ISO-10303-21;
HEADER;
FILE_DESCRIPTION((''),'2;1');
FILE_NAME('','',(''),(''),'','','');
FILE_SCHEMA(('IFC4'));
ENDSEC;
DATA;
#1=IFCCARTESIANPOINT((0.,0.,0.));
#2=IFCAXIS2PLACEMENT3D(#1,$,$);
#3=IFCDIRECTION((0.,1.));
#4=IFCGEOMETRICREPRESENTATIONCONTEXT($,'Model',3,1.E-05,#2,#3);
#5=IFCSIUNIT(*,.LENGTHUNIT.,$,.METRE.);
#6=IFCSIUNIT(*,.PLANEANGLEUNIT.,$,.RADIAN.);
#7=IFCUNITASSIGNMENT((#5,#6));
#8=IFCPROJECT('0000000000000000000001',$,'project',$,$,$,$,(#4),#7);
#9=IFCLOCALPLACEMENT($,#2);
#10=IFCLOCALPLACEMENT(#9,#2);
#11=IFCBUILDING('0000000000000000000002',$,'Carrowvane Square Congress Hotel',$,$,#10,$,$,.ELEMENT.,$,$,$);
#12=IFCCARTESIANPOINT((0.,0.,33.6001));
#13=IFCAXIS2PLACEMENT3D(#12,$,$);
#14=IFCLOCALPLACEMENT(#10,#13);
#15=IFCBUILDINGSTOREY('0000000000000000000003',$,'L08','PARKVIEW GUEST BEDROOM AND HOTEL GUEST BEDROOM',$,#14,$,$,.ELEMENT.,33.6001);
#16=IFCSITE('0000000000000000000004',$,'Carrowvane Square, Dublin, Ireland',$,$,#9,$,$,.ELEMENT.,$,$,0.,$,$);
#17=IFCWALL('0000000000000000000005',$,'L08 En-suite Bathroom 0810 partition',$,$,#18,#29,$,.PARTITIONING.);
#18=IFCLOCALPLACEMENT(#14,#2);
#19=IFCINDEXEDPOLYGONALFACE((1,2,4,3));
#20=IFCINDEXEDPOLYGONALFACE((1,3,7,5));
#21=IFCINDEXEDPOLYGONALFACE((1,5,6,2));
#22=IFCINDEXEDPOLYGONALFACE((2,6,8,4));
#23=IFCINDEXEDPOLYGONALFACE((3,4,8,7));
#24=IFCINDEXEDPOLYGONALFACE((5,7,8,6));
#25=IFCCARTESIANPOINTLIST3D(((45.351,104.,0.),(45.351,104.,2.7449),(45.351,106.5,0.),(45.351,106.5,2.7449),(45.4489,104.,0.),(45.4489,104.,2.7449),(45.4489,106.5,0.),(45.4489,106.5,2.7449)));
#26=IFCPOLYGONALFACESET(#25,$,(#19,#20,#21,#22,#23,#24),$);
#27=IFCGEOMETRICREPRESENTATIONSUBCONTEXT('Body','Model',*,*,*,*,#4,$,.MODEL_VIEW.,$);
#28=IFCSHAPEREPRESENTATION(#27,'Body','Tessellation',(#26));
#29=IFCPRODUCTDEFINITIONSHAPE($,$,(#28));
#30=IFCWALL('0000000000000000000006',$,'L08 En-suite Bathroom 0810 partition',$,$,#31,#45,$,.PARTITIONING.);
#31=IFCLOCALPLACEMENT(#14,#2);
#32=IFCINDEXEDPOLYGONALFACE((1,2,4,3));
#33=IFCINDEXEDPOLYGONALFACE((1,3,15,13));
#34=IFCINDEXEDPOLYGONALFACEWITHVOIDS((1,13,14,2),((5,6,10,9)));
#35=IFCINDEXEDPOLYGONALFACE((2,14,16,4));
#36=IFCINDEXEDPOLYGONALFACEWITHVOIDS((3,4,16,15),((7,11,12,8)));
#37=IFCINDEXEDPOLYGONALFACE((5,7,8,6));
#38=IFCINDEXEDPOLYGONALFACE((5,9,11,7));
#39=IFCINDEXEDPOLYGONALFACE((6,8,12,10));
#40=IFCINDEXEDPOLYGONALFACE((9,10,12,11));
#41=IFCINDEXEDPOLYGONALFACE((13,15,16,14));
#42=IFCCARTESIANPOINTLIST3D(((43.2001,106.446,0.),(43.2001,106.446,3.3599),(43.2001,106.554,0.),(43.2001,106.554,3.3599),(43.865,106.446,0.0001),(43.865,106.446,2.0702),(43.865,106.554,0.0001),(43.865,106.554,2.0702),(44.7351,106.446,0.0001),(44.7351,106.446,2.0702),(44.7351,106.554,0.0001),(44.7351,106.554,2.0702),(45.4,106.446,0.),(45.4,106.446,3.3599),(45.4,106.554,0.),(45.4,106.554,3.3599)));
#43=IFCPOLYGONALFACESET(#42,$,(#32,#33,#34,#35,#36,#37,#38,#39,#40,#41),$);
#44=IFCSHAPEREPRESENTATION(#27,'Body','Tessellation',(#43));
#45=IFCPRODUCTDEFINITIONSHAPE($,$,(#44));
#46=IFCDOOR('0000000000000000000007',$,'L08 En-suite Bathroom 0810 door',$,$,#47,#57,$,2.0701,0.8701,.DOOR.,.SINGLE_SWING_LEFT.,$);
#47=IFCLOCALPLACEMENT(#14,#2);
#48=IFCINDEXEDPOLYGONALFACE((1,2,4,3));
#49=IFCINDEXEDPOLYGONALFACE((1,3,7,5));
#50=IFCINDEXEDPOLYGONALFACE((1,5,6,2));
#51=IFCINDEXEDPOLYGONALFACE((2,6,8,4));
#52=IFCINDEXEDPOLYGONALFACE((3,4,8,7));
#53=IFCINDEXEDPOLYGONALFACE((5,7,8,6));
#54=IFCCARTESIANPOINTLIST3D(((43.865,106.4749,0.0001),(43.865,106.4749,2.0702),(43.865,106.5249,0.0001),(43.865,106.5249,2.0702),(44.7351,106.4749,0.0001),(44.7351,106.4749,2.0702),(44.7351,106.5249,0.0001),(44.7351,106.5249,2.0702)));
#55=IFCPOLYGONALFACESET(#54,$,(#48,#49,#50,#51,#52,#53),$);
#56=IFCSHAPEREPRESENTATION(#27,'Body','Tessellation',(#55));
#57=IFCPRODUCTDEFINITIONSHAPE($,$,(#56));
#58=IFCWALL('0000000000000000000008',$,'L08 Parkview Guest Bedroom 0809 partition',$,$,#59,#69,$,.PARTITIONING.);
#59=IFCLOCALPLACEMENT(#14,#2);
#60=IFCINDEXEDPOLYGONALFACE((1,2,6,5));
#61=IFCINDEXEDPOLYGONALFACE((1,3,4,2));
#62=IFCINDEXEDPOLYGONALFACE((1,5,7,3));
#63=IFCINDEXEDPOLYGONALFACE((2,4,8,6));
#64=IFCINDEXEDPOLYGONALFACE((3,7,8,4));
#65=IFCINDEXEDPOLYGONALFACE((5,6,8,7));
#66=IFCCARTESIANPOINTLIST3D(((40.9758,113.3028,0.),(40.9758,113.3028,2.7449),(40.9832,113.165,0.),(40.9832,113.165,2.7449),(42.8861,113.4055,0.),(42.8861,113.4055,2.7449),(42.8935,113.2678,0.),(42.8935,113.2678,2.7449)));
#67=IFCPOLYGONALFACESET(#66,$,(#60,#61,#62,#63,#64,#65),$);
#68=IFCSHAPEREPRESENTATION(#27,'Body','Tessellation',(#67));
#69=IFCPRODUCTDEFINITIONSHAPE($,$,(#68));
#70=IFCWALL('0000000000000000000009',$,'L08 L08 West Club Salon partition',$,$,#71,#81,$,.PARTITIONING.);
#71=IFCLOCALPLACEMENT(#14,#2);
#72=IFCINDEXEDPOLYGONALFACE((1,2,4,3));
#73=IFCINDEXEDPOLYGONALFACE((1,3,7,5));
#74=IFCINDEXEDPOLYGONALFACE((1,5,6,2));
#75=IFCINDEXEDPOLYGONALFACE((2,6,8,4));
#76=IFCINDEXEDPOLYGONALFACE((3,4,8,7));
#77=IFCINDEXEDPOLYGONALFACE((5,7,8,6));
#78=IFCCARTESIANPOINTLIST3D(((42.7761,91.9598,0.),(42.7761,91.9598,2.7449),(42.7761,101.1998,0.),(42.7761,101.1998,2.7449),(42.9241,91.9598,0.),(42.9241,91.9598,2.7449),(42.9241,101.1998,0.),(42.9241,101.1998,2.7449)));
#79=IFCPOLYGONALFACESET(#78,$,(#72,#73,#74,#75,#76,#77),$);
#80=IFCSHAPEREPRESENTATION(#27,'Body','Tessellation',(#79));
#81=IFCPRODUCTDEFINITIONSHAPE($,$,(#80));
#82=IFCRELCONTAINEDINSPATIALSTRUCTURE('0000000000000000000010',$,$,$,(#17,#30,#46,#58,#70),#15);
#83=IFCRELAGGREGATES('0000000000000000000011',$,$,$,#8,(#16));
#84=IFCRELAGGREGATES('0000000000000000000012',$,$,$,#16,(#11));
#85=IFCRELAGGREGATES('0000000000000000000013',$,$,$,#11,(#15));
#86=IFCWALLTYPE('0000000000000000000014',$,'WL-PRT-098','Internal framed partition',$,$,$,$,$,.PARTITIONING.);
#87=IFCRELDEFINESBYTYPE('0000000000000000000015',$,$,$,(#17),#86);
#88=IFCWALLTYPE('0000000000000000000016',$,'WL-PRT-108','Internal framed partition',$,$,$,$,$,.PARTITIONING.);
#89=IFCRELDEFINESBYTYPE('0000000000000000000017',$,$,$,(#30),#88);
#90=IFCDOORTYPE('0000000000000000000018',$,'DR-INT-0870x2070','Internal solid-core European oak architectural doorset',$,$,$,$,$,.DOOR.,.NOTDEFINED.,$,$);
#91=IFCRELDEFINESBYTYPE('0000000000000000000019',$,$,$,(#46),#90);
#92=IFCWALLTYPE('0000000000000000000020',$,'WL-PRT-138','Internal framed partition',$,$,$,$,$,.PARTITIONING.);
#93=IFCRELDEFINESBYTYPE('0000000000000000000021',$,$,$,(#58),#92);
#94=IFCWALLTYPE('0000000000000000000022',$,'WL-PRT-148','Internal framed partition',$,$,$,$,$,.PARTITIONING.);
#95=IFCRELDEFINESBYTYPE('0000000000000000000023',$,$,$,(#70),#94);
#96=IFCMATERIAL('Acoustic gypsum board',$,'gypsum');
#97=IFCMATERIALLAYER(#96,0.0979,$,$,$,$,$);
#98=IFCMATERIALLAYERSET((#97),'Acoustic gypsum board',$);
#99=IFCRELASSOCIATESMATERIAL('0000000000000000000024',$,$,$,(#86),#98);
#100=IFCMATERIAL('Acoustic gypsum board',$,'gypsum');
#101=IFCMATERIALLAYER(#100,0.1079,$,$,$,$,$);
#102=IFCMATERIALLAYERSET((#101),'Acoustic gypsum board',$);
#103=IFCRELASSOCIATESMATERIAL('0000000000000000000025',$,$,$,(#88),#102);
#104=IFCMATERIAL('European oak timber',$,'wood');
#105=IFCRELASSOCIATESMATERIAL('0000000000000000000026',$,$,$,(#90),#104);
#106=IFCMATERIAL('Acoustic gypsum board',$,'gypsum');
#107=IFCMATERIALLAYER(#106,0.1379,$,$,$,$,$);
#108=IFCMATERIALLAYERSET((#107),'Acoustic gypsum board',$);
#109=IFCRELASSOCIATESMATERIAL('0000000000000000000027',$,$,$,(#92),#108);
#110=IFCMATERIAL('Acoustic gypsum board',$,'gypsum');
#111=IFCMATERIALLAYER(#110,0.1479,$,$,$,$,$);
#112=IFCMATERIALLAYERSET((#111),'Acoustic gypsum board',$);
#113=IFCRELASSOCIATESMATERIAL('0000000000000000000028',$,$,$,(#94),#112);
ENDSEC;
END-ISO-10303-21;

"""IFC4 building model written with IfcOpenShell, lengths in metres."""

from ifc_helpers import new_model, si_unit, direction, frame, frame_2d, origin, place, context, subcontext, project, spatial, rectangle, extrude, material, layer, layer_set, type_object, element, fill, save


model = new_model("IFC4")

# Units and contexts
model_context = context("Model", 3, precision=1e-05, world=origin(), true_north=direction((0.0, 1.0)))
body_context = subcontext(model_context, "Body", "Model", "MODEL_VIEW")
ifc_project = project(units=[si_unit("LENGTHUNIT", "METRE"), si_unit("PLANEANGLEUNIT", "RADIAN")], contexts=[model_context])

# Site, building, storey
site_placement = place(None, origin())
site = spatial("IfcSite", under=ifc_project, at=site_placement, Name="Carrowvane Square, Dublin, Ireland", CompositionType="ELEMENT", RefElevation=0.0)
building_placement = place(site_placement, origin())
building = spatial("IfcBuilding", under=site, at=building_placement, Name="Carrowvane Square Congress Hotel", CompositionType="ELEMENT")
storey_placement = place(building_placement, frame((0.0, 0.0, 33.6001)))
storey = spatial("IfcBuildingStorey", under=building, at=storey_placement, Name="L08", Description="PARKVIEW GUEST BEDROOM AND HOTEL GUEST BEDROOM", CompositionType="ELEMENT", Elevation=33.6001)

# Wall
ifc_material_1 = material(Name="Acoustic gypsum board", Category="gypsum")
ifc_layer_1 = layer(ifc_material_1, 0.0979)
ifc_layer_set_1 = layer_set([ifc_layer_1], Name="Acoustic gypsum board")
wall_type_1 = type_object("IfcWallType", Name="WL-PRT-098", Description="Internal framed partition", PredefinedType="PARTITIONING", material=ifc_layer_set_1)
wall_1_placement = place(storey_placement, frame((45.3999, 106.5, 0.0), z_axis=(0.0, 0.0, 1.0), x_axis=(0.0, -1.0, 0.0)))
element("IfcWall", 1, at=wall_1_placement, inside=storey, type_object=wall_type_1, Name="L08 En-suite Bathroom 0810 partition", PredefinedType="PARTITIONING", context=body_context, shape_type="SweptSolid", body=[
    extrude(rectangle(XDim=2.5, YDim=0.0979, at=frame_2d((1.25, 0.0))), origin(), (0.0, 0.0, 1.0), 2.7449),
])

# Wall, opening, door
ifc_material_2 = material(Name="Acoustic gypsum board", Category="gypsum")
ifc_layer_2 = layer(ifc_material_2, 0.1079)
ifc_layer_set_2 = layer_set([ifc_layer_2], Name="Acoustic gypsum board")
wall_type_2 = type_object("IfcWallType", Name="WL-PRT-108", Description="Internal framed partition", PredefinedType="PARTITIONING", material=ifc_layer_set_2)
wall_2_placement = place(storey_placement, frame((43.2, 106.5, 0.0), z_axis=(0.0, 0.0, 1.0), x_axis=(1.0, 0.0, 0.0)))
wall_2 = element("IfcWall", 2, at=wall_2_placement, inside=storey, type_object=wall_type_2, Name="L08 En-suite Bathroom 0810 partition", PredefinedType="PARTITIONING", context=body_context, shape_type="SweptSolid", body=[
    extrude(rectangle(XDim=2.2, YDim=0.1079, at=frame_2d((1.1001, 0.0))), origin(), (0.0, 0.0, 1.0), 3.3599),
])
opening_1_placement = place(wall_2_placement, frame((0.665, 0.0, 0.0)))
opening_1 = element("IfcOpeningElement", 3, at=opening_1_placement, cuts=wall_2, PredefinedType="OPENING", context=body_context, shape_type="SweptSolid", body=[
    extrude(rectangle(XDim=0.8701, YDim=2.0701, at=frame_2d((0.4351, 1.0352))), frame((0.0, 0.064, 0.0), z_axis=(0.0, -1.0, 0.0), x_axis=(1.0, 0.0, 0.0)), (0.0, 0.0, 1.0), 0.1279),
])
ifc_material_3 = material(Name="European oak timber", Category="wood")
door_type_1 = type_object("IfcDoorType", Name="DR-INT-0870x2070", Description="Internal solid-core European oak architectural doorset", OperationType="NOTDEFINED", PredefinedType="DOOR", material=ifc_material_3)
door_1_placement = place(opening_1_placement, origin())
door_1 = element("IfcDoor", 4, at=door_1_placement, inside=storey, type_object=door_type_1, Name="L08 En-suite Bathroom 0810 door", OperationType="SINGLE_SWING_LEFT", OverallHeight=2.0701, OverallWidth=0.8701, PredefinedType="DOOR", context=body_context, shape_type="SweptSolid", body=[
    extrude(rectangle(XDim=0.8701, YDim=2.0701, at=frame_2d((0.4351, 1.0352))), frame((0.0, 0.0249, 0.0), z_axis=(0.0, -1.0, 0.0), x_axis=(1.0, 0.0, 0.0)), (0.0, 0.0, 1.0), 0.05),
])
fill(opening_1, door_1)

# Walls
ifc_material_4 = material(Name="Acoustic gypsum board", Category="gypsum")
ifc_layer_3 = layer(ifc_material_4, 0.1379)
ifc_layer_set_3 = layer_set([ifc_layer_3], Name="Acoustic gypsum board")
wall_type_3 = type_object("IfcWallType", Name="WL-PRT-138", Description="Internal framed partition", PredefinedType="PARTITIONING", material=ifc_layer_set_3)
wall_3_placement = place(storey_placement, frame((40.9795, 113.2339, 0.0), z_axis=(0.0, 0.0, 1.0), x_axis=(0.998556, 0.053724, 0.0)))
element("IfcWall", 5, at=wall_3_placement, inside=storey, type_object=wall_type_3, Name="L08 Parkview Guest Bedroom 0809 partition", PredefinedType="PARTITIONING", context=body_context, shape_type="SweptSolid", body=[
    extrude(rectangle(XDim=1.9131, YDim=0.1379, at=frame_2d((0.9565, 0.0))), origin(), (0.0, 0.0, 1.0), 2.7449),
])
ifc_material_5 = material(Name="Acoustic gypsum board", Category="gypsum")
ifc_layer_4 = layer(ifc_material_5, 0.1479)
ifc_layer_set_4 = layer_set([ifc_layer_4], Name="Acoustic gypsum board")
wall_type_4 = type_object("IfcWallType", Name="WL-PRT-148", Description="Internal framed partition", PredefinedType="PARTITIONING", material=ifc_layer_set_4)
wall_4_placement = place(storey_placement, frame((42.8501, 101.2, 0.0), z_axis=(0.0, 0.0, 1.0), x_axis=(0.0, -1.0, 0.0)))
element("IfcWall", 6, at=wall_4_placement, inside=storey, type_object=wall_type_4, Name="L08 L08 West Club Salon partition", PredefinedType="PARTITIONING", context=body_context, shape_type="SweptSolid", body=[
    extrude(rectangle(XDim=9.24, YDim=0.1479, at=frame_2d((4.6201, 0.0))), origin(), (0.0, 0.0, 1.0), 2.7449),
])

save(model, "model.ifc")
